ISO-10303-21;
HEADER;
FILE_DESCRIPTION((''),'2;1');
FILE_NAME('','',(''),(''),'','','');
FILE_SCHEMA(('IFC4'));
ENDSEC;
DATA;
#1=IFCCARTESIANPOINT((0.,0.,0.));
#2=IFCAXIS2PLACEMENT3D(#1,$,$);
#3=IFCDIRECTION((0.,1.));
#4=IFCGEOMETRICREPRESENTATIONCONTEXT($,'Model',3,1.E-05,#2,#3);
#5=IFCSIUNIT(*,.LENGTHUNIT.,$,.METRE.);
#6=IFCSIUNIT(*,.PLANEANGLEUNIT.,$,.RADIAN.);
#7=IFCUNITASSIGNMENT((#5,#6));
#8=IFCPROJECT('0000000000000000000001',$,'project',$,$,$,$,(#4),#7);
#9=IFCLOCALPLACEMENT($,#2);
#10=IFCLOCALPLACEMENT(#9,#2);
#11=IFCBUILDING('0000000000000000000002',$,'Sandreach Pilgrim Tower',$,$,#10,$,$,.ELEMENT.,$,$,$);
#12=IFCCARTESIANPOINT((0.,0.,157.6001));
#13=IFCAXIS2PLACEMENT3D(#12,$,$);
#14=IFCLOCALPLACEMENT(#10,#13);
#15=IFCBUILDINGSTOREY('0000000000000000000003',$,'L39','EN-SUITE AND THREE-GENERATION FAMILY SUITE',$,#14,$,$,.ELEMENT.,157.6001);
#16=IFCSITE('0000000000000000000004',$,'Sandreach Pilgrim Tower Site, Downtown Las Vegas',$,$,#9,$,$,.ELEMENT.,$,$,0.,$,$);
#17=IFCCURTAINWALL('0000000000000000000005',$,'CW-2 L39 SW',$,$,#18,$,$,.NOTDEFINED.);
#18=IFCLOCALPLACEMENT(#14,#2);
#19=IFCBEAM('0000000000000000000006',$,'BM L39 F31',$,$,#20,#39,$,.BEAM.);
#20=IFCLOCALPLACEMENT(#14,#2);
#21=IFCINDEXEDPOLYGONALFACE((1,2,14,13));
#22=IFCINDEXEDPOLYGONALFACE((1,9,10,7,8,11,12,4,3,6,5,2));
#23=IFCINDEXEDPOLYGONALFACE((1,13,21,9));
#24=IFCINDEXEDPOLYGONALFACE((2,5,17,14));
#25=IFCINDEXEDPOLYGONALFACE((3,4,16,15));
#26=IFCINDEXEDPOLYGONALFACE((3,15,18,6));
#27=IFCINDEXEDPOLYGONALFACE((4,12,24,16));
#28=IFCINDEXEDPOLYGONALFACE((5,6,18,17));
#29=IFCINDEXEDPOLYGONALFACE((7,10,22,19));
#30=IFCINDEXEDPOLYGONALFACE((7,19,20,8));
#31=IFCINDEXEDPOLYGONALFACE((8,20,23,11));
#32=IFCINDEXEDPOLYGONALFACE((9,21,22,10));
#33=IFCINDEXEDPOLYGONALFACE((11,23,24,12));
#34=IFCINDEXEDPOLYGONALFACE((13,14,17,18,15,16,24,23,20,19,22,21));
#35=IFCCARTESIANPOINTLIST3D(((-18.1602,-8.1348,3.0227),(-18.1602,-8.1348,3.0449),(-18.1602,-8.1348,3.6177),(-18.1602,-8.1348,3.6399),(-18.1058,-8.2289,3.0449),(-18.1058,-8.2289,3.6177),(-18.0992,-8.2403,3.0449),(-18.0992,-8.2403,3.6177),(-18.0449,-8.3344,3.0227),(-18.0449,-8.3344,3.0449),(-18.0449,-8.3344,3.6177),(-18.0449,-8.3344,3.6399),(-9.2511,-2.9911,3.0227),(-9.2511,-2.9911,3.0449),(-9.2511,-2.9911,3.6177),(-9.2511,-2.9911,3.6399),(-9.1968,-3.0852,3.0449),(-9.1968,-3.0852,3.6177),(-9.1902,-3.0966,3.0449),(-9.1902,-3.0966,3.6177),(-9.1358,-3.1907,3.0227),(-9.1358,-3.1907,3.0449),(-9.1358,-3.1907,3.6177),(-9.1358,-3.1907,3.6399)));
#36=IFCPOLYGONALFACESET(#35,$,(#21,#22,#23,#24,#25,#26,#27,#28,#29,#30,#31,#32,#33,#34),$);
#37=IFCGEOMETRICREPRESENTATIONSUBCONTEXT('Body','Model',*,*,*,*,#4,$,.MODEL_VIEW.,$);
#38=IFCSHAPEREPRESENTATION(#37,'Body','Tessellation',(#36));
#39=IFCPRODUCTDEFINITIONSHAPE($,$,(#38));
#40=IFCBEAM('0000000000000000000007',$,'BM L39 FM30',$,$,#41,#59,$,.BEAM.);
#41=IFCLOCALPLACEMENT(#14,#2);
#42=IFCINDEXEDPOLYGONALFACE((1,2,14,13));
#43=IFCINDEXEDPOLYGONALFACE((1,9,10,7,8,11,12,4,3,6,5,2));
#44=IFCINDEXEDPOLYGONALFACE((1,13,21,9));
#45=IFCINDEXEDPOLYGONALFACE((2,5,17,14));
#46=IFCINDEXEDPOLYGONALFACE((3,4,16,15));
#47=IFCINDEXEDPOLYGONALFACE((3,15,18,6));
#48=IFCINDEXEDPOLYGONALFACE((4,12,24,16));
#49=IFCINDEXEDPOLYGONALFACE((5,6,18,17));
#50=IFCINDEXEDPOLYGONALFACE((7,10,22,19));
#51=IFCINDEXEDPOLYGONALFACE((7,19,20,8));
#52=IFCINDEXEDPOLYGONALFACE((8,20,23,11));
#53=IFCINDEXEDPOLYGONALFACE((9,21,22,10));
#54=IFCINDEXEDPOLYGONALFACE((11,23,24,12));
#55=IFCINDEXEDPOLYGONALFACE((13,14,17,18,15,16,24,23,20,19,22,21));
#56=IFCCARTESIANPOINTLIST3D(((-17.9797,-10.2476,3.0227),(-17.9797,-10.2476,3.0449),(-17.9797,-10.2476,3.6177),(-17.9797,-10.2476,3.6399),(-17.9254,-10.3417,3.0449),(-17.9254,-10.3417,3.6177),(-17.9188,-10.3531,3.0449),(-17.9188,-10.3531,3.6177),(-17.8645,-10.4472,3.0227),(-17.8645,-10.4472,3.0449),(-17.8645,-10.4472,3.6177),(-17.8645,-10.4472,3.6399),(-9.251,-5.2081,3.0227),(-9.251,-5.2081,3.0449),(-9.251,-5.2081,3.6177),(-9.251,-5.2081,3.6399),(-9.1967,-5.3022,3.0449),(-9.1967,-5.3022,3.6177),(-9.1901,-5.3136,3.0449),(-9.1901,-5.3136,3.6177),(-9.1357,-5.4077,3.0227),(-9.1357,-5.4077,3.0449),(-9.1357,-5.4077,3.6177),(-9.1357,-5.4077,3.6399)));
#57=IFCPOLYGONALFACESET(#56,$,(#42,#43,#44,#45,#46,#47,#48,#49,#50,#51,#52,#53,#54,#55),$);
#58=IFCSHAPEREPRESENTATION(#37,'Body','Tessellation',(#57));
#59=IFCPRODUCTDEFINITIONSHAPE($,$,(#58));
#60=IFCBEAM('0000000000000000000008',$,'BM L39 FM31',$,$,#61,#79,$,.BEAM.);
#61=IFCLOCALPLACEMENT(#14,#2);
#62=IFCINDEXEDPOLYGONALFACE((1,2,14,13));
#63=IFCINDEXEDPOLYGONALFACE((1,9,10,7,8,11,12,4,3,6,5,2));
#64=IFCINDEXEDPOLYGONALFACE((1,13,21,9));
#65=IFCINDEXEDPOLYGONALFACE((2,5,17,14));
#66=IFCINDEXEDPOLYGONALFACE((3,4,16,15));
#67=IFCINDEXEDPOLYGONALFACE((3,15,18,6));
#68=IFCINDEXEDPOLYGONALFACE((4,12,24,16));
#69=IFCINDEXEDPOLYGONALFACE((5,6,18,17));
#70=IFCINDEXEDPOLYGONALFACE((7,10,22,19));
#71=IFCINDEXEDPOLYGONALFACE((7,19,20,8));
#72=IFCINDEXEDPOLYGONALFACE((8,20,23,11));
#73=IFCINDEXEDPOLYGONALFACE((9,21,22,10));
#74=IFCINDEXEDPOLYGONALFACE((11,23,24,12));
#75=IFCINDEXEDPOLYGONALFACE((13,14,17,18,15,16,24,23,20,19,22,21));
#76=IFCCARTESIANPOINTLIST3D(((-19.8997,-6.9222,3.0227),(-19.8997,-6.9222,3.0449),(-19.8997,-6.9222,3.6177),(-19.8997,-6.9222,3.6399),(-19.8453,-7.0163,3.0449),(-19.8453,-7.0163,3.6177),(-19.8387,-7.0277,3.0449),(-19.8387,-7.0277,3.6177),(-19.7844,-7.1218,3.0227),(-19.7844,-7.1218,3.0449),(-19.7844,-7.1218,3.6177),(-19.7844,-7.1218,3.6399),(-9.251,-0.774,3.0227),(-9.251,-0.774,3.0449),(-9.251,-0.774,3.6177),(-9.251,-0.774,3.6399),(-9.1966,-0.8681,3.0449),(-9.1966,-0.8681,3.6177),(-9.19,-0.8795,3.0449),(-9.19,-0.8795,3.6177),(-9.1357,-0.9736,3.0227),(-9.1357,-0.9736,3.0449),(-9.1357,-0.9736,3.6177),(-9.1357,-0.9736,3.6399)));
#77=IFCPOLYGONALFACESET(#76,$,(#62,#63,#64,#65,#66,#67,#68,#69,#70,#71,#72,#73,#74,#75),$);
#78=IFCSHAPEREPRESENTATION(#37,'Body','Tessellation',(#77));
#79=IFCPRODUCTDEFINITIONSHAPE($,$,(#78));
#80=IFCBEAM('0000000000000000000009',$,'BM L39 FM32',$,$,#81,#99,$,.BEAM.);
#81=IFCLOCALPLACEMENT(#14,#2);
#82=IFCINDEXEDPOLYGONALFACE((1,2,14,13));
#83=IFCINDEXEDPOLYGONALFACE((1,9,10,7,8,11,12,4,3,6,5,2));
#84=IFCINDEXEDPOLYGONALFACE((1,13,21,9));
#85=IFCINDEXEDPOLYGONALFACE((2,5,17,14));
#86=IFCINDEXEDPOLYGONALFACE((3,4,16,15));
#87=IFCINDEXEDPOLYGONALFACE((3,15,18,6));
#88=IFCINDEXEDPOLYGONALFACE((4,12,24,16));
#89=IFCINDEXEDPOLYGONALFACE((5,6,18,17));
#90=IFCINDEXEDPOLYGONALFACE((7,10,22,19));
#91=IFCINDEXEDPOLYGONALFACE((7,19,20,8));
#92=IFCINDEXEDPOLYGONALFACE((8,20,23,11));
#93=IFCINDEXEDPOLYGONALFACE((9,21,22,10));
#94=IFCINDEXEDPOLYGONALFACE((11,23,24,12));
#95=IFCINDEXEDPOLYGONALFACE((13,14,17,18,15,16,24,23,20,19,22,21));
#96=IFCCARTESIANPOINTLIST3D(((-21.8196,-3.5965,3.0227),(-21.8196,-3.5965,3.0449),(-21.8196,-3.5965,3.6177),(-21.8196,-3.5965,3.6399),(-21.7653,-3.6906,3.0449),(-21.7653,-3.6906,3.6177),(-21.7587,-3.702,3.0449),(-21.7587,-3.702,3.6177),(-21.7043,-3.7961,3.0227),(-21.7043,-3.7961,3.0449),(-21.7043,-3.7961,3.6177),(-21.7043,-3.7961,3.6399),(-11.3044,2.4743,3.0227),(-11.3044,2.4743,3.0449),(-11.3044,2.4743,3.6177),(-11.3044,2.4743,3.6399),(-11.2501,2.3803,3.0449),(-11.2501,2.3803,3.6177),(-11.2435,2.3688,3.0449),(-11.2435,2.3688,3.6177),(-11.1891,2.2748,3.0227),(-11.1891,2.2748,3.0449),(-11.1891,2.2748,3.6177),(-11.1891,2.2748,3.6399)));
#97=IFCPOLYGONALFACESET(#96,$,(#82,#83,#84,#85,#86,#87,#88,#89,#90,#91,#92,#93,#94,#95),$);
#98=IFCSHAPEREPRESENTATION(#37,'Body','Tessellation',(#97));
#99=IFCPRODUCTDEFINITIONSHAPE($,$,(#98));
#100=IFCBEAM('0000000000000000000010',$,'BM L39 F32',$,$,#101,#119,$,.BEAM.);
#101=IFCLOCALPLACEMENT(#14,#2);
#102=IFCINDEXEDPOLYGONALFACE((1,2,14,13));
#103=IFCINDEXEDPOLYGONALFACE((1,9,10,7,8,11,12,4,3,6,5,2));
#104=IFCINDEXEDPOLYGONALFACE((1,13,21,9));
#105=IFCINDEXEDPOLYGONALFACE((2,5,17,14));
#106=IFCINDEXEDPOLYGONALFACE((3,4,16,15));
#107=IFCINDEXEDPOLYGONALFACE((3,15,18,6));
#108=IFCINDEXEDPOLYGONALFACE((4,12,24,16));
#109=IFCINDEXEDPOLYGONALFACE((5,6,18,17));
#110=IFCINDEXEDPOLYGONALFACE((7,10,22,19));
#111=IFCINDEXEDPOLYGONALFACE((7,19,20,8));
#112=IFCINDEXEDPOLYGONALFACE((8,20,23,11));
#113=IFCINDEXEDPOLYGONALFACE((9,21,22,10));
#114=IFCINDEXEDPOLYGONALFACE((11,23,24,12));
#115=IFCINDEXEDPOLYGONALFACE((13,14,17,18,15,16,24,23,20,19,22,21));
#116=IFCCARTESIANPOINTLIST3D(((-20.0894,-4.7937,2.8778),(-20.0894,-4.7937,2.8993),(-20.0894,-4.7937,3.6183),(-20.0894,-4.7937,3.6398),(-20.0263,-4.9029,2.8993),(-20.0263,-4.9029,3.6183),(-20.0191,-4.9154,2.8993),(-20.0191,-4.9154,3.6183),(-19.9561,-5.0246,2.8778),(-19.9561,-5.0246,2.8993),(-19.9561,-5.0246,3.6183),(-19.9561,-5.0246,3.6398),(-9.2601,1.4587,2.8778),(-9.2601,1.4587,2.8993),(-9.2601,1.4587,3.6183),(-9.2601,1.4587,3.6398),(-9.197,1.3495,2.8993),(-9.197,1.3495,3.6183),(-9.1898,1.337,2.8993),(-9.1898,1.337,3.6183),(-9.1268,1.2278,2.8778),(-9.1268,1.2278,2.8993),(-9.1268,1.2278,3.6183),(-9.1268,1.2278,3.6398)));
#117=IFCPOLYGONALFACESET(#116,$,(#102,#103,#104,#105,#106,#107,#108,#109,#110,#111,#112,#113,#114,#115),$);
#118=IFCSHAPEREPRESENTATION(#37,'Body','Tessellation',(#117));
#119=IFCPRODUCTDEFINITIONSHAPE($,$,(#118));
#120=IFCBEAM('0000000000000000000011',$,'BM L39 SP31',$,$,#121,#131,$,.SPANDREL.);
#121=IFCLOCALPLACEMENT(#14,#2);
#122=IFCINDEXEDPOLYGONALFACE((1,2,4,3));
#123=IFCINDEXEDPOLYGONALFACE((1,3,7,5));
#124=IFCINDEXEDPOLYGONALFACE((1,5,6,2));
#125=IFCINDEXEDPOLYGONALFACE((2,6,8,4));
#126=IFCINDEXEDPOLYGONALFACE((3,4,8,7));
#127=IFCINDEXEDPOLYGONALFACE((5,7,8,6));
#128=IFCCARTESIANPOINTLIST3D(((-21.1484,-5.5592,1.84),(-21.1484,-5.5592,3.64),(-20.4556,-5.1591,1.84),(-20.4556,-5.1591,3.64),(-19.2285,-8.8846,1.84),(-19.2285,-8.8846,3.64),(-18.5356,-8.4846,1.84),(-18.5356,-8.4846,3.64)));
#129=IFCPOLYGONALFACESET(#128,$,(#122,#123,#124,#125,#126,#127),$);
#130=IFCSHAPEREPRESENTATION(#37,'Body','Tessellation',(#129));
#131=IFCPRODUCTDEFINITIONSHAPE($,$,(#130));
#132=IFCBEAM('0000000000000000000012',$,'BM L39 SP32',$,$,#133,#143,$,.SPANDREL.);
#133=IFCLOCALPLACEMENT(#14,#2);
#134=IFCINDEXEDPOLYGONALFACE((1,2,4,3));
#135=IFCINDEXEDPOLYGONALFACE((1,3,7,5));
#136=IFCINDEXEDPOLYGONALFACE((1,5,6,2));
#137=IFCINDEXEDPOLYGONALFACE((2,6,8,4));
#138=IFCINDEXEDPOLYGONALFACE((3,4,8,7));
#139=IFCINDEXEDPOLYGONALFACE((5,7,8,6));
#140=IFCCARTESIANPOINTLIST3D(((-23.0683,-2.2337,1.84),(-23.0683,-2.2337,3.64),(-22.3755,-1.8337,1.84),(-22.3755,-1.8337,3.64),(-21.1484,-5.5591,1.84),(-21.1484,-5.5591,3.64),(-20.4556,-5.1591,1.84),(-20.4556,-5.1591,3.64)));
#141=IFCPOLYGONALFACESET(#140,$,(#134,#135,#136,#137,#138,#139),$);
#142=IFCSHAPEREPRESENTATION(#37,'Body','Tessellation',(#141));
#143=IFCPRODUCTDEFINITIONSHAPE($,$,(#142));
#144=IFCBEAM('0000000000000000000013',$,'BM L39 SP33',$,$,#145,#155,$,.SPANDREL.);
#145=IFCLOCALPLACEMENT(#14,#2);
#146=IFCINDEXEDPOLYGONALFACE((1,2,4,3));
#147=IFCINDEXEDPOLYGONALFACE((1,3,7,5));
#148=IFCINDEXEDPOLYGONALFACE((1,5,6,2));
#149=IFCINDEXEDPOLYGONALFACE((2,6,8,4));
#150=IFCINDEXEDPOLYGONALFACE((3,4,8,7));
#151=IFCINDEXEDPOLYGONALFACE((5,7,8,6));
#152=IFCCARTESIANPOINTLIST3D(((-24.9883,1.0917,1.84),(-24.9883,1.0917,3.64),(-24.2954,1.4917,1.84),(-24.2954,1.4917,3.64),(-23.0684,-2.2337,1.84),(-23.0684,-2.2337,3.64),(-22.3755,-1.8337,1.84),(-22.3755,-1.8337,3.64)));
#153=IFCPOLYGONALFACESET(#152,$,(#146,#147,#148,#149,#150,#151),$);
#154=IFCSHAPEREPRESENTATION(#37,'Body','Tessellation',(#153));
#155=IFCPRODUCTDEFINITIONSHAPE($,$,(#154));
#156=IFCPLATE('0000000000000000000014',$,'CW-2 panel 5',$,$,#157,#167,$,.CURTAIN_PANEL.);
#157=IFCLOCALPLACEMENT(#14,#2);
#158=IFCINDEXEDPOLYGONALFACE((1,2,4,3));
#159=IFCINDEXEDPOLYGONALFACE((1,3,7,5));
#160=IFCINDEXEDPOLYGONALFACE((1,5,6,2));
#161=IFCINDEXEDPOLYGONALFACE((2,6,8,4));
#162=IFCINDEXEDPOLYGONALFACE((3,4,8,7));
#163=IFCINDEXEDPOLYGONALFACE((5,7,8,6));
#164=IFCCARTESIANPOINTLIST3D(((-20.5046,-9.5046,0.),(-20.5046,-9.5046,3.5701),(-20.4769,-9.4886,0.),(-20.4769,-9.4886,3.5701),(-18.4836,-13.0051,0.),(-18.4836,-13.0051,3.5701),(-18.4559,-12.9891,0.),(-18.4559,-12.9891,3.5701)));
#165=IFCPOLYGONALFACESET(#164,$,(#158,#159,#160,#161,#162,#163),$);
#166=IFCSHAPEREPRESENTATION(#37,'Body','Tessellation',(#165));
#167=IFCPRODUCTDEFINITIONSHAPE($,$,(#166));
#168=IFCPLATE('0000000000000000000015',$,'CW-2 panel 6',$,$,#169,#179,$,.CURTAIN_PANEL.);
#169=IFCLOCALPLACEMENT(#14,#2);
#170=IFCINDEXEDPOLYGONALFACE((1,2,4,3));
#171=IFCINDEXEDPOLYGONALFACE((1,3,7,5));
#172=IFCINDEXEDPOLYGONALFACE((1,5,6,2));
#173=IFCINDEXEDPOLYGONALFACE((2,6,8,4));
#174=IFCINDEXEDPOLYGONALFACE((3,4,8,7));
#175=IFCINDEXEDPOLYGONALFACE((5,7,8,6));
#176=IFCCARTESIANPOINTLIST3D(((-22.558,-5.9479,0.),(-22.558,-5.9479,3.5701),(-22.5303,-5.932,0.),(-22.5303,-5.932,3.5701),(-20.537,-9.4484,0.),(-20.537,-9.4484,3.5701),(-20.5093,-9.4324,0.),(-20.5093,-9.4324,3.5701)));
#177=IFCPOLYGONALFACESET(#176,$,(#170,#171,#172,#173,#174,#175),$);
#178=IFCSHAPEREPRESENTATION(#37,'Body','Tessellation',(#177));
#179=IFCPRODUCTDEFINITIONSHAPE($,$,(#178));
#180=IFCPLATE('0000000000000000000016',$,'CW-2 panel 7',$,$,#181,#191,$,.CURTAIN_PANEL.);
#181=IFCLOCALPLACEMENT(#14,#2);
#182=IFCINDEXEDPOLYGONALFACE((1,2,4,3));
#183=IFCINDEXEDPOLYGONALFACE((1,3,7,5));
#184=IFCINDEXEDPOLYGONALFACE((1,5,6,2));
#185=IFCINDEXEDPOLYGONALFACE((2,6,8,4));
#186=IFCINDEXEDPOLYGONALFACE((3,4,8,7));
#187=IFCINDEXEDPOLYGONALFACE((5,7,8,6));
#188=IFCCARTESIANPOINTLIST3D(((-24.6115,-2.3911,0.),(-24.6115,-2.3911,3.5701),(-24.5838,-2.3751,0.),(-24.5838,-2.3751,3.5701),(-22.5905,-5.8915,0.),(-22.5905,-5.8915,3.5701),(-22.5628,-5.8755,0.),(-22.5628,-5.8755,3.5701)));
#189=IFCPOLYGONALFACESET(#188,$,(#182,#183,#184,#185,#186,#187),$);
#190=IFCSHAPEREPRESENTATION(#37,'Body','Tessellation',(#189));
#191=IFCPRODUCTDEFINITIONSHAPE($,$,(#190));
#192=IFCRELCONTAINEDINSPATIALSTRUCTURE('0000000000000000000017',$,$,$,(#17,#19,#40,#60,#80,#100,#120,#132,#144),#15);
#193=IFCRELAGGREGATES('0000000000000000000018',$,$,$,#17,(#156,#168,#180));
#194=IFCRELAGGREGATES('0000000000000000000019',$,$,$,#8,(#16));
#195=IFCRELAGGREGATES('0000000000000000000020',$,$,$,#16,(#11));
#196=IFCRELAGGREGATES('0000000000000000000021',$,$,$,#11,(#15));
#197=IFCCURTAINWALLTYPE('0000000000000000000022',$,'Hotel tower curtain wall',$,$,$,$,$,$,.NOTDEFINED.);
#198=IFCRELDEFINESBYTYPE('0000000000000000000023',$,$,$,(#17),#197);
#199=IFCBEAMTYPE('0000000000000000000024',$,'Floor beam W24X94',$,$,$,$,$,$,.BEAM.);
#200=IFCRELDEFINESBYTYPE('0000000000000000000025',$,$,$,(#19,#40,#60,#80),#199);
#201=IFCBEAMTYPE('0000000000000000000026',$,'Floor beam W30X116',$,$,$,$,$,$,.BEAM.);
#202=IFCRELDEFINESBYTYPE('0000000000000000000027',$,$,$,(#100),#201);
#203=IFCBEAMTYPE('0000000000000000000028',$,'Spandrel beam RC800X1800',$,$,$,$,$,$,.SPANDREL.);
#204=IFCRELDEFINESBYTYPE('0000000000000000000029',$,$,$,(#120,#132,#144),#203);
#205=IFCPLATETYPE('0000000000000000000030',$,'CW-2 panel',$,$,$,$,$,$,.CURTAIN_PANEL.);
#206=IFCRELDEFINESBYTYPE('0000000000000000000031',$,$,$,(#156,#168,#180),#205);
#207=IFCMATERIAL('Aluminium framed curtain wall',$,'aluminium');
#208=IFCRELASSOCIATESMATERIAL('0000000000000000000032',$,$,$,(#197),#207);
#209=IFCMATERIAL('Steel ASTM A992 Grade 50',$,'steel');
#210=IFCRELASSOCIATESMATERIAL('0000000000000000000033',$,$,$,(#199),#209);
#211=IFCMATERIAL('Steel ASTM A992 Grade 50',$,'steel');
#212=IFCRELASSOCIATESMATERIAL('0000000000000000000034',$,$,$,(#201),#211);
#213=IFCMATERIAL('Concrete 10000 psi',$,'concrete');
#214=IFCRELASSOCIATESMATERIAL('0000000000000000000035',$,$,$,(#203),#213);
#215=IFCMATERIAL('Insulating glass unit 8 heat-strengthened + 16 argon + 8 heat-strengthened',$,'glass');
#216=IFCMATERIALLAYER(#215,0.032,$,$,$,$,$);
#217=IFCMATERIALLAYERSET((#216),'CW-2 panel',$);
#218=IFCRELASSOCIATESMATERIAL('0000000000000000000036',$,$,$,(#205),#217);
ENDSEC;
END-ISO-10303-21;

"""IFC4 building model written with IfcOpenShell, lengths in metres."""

from ifc_helpers import new_model, si_unit, direction, frame, origin, origin_2d, place, context, subcontext, project, spatial, rectangle, i_section, extrude, material, layer, layer_set, material_profile, profile_set, type_object, element, aggregate, save


model = new_model("IFC4")

# Units and contexts
model_context = context("Model", 3, precision=1e-05, world=origin(), true_north=direction((0.0, 1.0)))
body_context = subcontext(model_context, "Body", "Model", "MODEL_VIEW")
ifc_project = project(units=[si_unit("LENGTHUNIT", "METRE"), si_unit("PLANEANGLEUNIT", "RADIAN")], contexts=[model_context])

# Site, building, storey
site_placement = place(None, origin())
site = spatial("IfcSite", under=ifc_project, at=site_placement, Name="Sandreach Pilgrim Tower Site, Downtown Las Vegas", CompositionType="ELEMENT", RefElevation=0.0)
building_placement = place(site_placement, origin())
building = spatial("IfcBuilding", under=site, at=building_placement, Name="Sandreach Pilgrim Tower", CompositionType="ELEMENT")
storey_placement = place(building_placement, frame((0.0, 0.0, 157.6001)))
storey = spatial("IfcBuildingStorey", under=building, at=storey_placement, Name="L39", Description="EN-SUITE AND THREE-GENERATION FAMILY SUITE", CompositionType="ELEMENT", Elevation=157.6001)

# Curtain wall
ifc_material_1 = material(Name="Aluminium framed curtain wall", Category="aluminium")
curtain_wall_type = type_object("IfcCurtainWallType", Name="Hotel tower curtain wall", PredefinedType="NOTDEFINED", material=ifc_material_1)
curtain_wall_placement = place(storey_placement, origin())
curtain_wall = element("IfcCurtainWall", 1, at=curtain_wall_placement, inside=storey, type_object=curtain_wall_type, Name="CW-2 L39 SW", PredefinedType="NOTDEFINED")

# Beams
ifc_material_2 = material(Name="Steel ASTM A992 Grade 50", Category="steel")
ifc_material_profile_1 = material_profile(ifc_material_2, i_section(OverallWidth=0.2305, OverallDepth=0.6172, WebThickness=0.0132, FlangeThickness=0.0222, at=origin_2d()), Name="W24X94")
ifc_profile_set_1 = profile_set([ifc_material_profile_1], Name="Steel ASTM A992 Grade 50")
beam_type_1 = type_object("IfcBeamType", Name="Floor beam W24X94", PredefinedType="BEAM", material=ifc_profile_set_1)
beam_1_placement = place(storey_placement, frame((-18.1025, -8.2346, 3.3313), z_axis=(0.866022, 0.500006, 0.0), x_axis=(-0.500006, 0.866022, 0.0)))
element("IfcBeam", 2, at=beam_1_placement, inside=storey, type_object=beam_type_1, Name="BM L39 F31", PredefinedType="BEAM", context=body_context, shape_type="SweptSolid", body=[
    extrude(i_section(OverallWidth=0.2305, OverallDepth=0.6172, WebThickness=0.0132, FlangeThickness=0.0222, at=origin_2d()), origin(), (0.0, 0.0, 1.0), 10.2874),
])
beam_2_placement = place(storey_placement, frame((-17.9221, -10.3474, 3.3313), z_axis=(0.866025, 0.5, 0.0), x_axis=(-0.5, 0.866025, 0.0)))
element("IfcBeam", 3, at=beam_2_placement, inside=storey, type_object=beam_type_1, Name="BM L39 FM30", PredefinedType="BEAM", context=body_context, shape_type="SweptSolid", body=[
    extrude(i_section(OverallWidth=0.2305, OverallDepth=0.6172, WebThickness=0.0132, FlangeThickness=0.0222, at=origin_2d()), origin(), (0.0, 0.0, 1.0), 10.0791),
])
beam_3_placement = place(storey_placement, frame((-19.842, -7.022, 3.3313), z_axis=(0.866019, 0.500011, 0.0), x_axis=(-0.500011, 0.866019, 0.0)))
element("IfcBeam", 4, at=beam_3_placement, inside=storey, type_object=beam_type_1, Name="BM L39 FM31", PredefinedType="BEAM", context=body_context, shape_type="SweptSolid", body=[
    extrude(i_section(OverallWidth=0.2305, OverallDepth=0.6172, WebThickness=0.0132, FlangeThickness=0.0222, at=origin_2d()), origin(), (0.0, 0.0, 1.0), 12.2961),
])
beam_4_placement = place(storey_placement, frame((-21.762, -3.6963, 3.3313), z_axis=(0.86603, 0.499993, 0.0), x_axis=(-0.499993, 0.86603, 0.0)))
element("IfcBeam", 5, at=beam_4_placement, inside=storey, type_object=beam_type_1, Name="BM L39 FM32", PredefinedType="BEAM", context=body_context, shape_type="SweptSolid", body=[
    extrude(i_section(OverallWidth=0.2305, OverallDepth=0.6172, WebThickness=0.0132, FlangeThickness=0.0222, at=origin_2d()), origin(), (0.0, 0.0, 1.0), 12.1418),
])
ifc_material_3 = material(Name="Steel ASTM A992 Grade 50", Category="steel")
ifc_material_profile_2 = material_profile(ifc_material_3, i_section(OverallWidth=0.2666, OverallDepth=0.762, WebThickness=0.0144, FlangeThickness=0.0215, at=origin_2d()), Name="W30X116")
ifc_profile_set_2 = profile_set([ifc_material_profile_2], Name="Steel ASTM A992 Grade 50")
beam_type_2 = type_object("IfcBeamType", Name="Floor beam W30X116", PredefinedType="BEAM", material=ifc_profile_set_2)
beam_5_placement = place(storey_placement, frame((-20.0227, -4.9092, 3.2588), z_axis=(0.866021, 0.500007, 0.0), x_axis=(-0.500007, 0.866021, 0.0)))
element("IfcBeam", 6, at=beam_5_placement, inside=storey, type_object=beam_type_2, Name="BM L39 F32", PredefinedType="BEAM", context=body_context, shape_type="SweptSolid", body=[
    extrude(i_section(OverallWidth=0.2666, OverallDepth=0.762, WebThickness=0.0144, FlangeThickness=0.0215, at=origin_2d()), origin(), (0.0, 0.0, 1.0), 12.5046),
])
ifc_material_4 = material(Name="Concrete 10000 psi", Category="concrete")
ifc_material_profile_3 = material_profile(ifc_material_4, rectangle(XDim=0.8, YDim=1.8, at=origin_2d()), Name="RC800X1800")
ifc_profile_set_3 = profile_set([ifc_material_profile_3], Name="Concrete 10000 psi")
beam_type_3 = type_object("IfcBeamType", Name="Spandrel beam RC800X1800", PredefinedType="SPANDREL", material=ifc_profile_set_3)
for number, where, z_axis, x_axis, name in (
    (7, (-18.8821, -8.6846, 2.74), (-0.499996, 0.866028, 0.0), (-0.866028, -0.499996, 0.0), "BM L39 SP31"),
    (8, (-20.802, -5.3591, 2.74), (-0.499996, 0.866028, 0.0), (-0.866028, -0.499996, 0.0), "BM L39 SP32"),
    (9, (-22.7219, -2.0337, 2.74), (-0.499996, 0.866028, 0.0), (-0.866028, -0.499996, 0.0), "BM L39 SP33"),
):
    element("IfcBeam", number, at=place(storey_placement, frame(where, z_axis=z_axis, x_axis=x_axis)), inside=storey, type_object=beam_type_3, Name=name, PredefinedType="SPANDREL", context=body_context, shape_type="SweptSolid", body=[
        extrude(rectangle(XDim=0.8, YDim=1.8, at=origin_2d()), origin(), (0.0, 0.0, 1.0), 3.8398),
    ])

# Plates
ifc_material_5 = material(Name="Insulating glass unit 8 heat-strengthened + 16 argon + 8 heat-strengthened", Category="glass")
ifc_layer_1 = layer(ifc_material_5, 0.032)
ifc_layer_set_1 = layer_set([ifc_layer_1], Name="CW-2 panel")
plate_type = type_object("IfcPlateType", Name="CW-2 panel", PredefinedType="CURTAIN_PANEL", material=ifc_layer_set_1)
plate_1_placement = place(storey_placement, frame((-19.4802, -11.2468, 0.0), z_axis=(0.0, 0.0, 1.0), x_axis=(-0.5, 0.866025, 0.0)))
plate_1 = element("IfcPlate", 10, at=plate_1_placement, type_object=plate_type, Name="CW-2 panel 5", PredefinedType="CURTAIN_PANEL", context=body_context, shape_type="SweptSolid", body=[
    extrude(rectangle(XDim=4.042, YDim=0.032, at=origin_2d()), origin(), (0.0, 0.0, 1.0), 3.5701),
])
plate_2_placement = place(storey_placement, frame((-21.5337, -7.6902, 0.0), z_axis=(0.0, 0.0, 1.0), x_axis=(-0.5, 0.866025, 0.0)))
plate_2 = element("IfcPlate", 11, at=plate_2_placement, type_object=plate_type, Name="CW-2 panel 6", PredefinedType="CURTAIN_PANEL", context=body_context, shape_type="SweptSolid", body=[
    extrude(rectangle(XDim=4.042, YDim=0.032, at=origin_2d()), origin(), (0.0, 0.0, 1.0), 3.5701),
])
plate_3_placement = place(storey_placement, frame((-23.5872, -4.1333, 0.0), z_axis=(0.0, 0.0, 1.0), x_axis=(-0.5, 0.866025, 0.0)))
plate_3 = element("IfcPlate", 12, at=plate_3_placement, type_object=plate_type, Name="CW-2 panel 7", PredefinedType="CURTAIN_PANEL", context=body_context, shape_type="SweptSolid", body=[
    extrude(rectangle(XDim=4.042, YDim=0.032, at=origin_2d()), origin(), (0.0, 0.0, 1.0), 3.5701),
])
aggregate(curtain_wall, [plate_1, plate_2, plate_3])

save(model, "model.ifc")
